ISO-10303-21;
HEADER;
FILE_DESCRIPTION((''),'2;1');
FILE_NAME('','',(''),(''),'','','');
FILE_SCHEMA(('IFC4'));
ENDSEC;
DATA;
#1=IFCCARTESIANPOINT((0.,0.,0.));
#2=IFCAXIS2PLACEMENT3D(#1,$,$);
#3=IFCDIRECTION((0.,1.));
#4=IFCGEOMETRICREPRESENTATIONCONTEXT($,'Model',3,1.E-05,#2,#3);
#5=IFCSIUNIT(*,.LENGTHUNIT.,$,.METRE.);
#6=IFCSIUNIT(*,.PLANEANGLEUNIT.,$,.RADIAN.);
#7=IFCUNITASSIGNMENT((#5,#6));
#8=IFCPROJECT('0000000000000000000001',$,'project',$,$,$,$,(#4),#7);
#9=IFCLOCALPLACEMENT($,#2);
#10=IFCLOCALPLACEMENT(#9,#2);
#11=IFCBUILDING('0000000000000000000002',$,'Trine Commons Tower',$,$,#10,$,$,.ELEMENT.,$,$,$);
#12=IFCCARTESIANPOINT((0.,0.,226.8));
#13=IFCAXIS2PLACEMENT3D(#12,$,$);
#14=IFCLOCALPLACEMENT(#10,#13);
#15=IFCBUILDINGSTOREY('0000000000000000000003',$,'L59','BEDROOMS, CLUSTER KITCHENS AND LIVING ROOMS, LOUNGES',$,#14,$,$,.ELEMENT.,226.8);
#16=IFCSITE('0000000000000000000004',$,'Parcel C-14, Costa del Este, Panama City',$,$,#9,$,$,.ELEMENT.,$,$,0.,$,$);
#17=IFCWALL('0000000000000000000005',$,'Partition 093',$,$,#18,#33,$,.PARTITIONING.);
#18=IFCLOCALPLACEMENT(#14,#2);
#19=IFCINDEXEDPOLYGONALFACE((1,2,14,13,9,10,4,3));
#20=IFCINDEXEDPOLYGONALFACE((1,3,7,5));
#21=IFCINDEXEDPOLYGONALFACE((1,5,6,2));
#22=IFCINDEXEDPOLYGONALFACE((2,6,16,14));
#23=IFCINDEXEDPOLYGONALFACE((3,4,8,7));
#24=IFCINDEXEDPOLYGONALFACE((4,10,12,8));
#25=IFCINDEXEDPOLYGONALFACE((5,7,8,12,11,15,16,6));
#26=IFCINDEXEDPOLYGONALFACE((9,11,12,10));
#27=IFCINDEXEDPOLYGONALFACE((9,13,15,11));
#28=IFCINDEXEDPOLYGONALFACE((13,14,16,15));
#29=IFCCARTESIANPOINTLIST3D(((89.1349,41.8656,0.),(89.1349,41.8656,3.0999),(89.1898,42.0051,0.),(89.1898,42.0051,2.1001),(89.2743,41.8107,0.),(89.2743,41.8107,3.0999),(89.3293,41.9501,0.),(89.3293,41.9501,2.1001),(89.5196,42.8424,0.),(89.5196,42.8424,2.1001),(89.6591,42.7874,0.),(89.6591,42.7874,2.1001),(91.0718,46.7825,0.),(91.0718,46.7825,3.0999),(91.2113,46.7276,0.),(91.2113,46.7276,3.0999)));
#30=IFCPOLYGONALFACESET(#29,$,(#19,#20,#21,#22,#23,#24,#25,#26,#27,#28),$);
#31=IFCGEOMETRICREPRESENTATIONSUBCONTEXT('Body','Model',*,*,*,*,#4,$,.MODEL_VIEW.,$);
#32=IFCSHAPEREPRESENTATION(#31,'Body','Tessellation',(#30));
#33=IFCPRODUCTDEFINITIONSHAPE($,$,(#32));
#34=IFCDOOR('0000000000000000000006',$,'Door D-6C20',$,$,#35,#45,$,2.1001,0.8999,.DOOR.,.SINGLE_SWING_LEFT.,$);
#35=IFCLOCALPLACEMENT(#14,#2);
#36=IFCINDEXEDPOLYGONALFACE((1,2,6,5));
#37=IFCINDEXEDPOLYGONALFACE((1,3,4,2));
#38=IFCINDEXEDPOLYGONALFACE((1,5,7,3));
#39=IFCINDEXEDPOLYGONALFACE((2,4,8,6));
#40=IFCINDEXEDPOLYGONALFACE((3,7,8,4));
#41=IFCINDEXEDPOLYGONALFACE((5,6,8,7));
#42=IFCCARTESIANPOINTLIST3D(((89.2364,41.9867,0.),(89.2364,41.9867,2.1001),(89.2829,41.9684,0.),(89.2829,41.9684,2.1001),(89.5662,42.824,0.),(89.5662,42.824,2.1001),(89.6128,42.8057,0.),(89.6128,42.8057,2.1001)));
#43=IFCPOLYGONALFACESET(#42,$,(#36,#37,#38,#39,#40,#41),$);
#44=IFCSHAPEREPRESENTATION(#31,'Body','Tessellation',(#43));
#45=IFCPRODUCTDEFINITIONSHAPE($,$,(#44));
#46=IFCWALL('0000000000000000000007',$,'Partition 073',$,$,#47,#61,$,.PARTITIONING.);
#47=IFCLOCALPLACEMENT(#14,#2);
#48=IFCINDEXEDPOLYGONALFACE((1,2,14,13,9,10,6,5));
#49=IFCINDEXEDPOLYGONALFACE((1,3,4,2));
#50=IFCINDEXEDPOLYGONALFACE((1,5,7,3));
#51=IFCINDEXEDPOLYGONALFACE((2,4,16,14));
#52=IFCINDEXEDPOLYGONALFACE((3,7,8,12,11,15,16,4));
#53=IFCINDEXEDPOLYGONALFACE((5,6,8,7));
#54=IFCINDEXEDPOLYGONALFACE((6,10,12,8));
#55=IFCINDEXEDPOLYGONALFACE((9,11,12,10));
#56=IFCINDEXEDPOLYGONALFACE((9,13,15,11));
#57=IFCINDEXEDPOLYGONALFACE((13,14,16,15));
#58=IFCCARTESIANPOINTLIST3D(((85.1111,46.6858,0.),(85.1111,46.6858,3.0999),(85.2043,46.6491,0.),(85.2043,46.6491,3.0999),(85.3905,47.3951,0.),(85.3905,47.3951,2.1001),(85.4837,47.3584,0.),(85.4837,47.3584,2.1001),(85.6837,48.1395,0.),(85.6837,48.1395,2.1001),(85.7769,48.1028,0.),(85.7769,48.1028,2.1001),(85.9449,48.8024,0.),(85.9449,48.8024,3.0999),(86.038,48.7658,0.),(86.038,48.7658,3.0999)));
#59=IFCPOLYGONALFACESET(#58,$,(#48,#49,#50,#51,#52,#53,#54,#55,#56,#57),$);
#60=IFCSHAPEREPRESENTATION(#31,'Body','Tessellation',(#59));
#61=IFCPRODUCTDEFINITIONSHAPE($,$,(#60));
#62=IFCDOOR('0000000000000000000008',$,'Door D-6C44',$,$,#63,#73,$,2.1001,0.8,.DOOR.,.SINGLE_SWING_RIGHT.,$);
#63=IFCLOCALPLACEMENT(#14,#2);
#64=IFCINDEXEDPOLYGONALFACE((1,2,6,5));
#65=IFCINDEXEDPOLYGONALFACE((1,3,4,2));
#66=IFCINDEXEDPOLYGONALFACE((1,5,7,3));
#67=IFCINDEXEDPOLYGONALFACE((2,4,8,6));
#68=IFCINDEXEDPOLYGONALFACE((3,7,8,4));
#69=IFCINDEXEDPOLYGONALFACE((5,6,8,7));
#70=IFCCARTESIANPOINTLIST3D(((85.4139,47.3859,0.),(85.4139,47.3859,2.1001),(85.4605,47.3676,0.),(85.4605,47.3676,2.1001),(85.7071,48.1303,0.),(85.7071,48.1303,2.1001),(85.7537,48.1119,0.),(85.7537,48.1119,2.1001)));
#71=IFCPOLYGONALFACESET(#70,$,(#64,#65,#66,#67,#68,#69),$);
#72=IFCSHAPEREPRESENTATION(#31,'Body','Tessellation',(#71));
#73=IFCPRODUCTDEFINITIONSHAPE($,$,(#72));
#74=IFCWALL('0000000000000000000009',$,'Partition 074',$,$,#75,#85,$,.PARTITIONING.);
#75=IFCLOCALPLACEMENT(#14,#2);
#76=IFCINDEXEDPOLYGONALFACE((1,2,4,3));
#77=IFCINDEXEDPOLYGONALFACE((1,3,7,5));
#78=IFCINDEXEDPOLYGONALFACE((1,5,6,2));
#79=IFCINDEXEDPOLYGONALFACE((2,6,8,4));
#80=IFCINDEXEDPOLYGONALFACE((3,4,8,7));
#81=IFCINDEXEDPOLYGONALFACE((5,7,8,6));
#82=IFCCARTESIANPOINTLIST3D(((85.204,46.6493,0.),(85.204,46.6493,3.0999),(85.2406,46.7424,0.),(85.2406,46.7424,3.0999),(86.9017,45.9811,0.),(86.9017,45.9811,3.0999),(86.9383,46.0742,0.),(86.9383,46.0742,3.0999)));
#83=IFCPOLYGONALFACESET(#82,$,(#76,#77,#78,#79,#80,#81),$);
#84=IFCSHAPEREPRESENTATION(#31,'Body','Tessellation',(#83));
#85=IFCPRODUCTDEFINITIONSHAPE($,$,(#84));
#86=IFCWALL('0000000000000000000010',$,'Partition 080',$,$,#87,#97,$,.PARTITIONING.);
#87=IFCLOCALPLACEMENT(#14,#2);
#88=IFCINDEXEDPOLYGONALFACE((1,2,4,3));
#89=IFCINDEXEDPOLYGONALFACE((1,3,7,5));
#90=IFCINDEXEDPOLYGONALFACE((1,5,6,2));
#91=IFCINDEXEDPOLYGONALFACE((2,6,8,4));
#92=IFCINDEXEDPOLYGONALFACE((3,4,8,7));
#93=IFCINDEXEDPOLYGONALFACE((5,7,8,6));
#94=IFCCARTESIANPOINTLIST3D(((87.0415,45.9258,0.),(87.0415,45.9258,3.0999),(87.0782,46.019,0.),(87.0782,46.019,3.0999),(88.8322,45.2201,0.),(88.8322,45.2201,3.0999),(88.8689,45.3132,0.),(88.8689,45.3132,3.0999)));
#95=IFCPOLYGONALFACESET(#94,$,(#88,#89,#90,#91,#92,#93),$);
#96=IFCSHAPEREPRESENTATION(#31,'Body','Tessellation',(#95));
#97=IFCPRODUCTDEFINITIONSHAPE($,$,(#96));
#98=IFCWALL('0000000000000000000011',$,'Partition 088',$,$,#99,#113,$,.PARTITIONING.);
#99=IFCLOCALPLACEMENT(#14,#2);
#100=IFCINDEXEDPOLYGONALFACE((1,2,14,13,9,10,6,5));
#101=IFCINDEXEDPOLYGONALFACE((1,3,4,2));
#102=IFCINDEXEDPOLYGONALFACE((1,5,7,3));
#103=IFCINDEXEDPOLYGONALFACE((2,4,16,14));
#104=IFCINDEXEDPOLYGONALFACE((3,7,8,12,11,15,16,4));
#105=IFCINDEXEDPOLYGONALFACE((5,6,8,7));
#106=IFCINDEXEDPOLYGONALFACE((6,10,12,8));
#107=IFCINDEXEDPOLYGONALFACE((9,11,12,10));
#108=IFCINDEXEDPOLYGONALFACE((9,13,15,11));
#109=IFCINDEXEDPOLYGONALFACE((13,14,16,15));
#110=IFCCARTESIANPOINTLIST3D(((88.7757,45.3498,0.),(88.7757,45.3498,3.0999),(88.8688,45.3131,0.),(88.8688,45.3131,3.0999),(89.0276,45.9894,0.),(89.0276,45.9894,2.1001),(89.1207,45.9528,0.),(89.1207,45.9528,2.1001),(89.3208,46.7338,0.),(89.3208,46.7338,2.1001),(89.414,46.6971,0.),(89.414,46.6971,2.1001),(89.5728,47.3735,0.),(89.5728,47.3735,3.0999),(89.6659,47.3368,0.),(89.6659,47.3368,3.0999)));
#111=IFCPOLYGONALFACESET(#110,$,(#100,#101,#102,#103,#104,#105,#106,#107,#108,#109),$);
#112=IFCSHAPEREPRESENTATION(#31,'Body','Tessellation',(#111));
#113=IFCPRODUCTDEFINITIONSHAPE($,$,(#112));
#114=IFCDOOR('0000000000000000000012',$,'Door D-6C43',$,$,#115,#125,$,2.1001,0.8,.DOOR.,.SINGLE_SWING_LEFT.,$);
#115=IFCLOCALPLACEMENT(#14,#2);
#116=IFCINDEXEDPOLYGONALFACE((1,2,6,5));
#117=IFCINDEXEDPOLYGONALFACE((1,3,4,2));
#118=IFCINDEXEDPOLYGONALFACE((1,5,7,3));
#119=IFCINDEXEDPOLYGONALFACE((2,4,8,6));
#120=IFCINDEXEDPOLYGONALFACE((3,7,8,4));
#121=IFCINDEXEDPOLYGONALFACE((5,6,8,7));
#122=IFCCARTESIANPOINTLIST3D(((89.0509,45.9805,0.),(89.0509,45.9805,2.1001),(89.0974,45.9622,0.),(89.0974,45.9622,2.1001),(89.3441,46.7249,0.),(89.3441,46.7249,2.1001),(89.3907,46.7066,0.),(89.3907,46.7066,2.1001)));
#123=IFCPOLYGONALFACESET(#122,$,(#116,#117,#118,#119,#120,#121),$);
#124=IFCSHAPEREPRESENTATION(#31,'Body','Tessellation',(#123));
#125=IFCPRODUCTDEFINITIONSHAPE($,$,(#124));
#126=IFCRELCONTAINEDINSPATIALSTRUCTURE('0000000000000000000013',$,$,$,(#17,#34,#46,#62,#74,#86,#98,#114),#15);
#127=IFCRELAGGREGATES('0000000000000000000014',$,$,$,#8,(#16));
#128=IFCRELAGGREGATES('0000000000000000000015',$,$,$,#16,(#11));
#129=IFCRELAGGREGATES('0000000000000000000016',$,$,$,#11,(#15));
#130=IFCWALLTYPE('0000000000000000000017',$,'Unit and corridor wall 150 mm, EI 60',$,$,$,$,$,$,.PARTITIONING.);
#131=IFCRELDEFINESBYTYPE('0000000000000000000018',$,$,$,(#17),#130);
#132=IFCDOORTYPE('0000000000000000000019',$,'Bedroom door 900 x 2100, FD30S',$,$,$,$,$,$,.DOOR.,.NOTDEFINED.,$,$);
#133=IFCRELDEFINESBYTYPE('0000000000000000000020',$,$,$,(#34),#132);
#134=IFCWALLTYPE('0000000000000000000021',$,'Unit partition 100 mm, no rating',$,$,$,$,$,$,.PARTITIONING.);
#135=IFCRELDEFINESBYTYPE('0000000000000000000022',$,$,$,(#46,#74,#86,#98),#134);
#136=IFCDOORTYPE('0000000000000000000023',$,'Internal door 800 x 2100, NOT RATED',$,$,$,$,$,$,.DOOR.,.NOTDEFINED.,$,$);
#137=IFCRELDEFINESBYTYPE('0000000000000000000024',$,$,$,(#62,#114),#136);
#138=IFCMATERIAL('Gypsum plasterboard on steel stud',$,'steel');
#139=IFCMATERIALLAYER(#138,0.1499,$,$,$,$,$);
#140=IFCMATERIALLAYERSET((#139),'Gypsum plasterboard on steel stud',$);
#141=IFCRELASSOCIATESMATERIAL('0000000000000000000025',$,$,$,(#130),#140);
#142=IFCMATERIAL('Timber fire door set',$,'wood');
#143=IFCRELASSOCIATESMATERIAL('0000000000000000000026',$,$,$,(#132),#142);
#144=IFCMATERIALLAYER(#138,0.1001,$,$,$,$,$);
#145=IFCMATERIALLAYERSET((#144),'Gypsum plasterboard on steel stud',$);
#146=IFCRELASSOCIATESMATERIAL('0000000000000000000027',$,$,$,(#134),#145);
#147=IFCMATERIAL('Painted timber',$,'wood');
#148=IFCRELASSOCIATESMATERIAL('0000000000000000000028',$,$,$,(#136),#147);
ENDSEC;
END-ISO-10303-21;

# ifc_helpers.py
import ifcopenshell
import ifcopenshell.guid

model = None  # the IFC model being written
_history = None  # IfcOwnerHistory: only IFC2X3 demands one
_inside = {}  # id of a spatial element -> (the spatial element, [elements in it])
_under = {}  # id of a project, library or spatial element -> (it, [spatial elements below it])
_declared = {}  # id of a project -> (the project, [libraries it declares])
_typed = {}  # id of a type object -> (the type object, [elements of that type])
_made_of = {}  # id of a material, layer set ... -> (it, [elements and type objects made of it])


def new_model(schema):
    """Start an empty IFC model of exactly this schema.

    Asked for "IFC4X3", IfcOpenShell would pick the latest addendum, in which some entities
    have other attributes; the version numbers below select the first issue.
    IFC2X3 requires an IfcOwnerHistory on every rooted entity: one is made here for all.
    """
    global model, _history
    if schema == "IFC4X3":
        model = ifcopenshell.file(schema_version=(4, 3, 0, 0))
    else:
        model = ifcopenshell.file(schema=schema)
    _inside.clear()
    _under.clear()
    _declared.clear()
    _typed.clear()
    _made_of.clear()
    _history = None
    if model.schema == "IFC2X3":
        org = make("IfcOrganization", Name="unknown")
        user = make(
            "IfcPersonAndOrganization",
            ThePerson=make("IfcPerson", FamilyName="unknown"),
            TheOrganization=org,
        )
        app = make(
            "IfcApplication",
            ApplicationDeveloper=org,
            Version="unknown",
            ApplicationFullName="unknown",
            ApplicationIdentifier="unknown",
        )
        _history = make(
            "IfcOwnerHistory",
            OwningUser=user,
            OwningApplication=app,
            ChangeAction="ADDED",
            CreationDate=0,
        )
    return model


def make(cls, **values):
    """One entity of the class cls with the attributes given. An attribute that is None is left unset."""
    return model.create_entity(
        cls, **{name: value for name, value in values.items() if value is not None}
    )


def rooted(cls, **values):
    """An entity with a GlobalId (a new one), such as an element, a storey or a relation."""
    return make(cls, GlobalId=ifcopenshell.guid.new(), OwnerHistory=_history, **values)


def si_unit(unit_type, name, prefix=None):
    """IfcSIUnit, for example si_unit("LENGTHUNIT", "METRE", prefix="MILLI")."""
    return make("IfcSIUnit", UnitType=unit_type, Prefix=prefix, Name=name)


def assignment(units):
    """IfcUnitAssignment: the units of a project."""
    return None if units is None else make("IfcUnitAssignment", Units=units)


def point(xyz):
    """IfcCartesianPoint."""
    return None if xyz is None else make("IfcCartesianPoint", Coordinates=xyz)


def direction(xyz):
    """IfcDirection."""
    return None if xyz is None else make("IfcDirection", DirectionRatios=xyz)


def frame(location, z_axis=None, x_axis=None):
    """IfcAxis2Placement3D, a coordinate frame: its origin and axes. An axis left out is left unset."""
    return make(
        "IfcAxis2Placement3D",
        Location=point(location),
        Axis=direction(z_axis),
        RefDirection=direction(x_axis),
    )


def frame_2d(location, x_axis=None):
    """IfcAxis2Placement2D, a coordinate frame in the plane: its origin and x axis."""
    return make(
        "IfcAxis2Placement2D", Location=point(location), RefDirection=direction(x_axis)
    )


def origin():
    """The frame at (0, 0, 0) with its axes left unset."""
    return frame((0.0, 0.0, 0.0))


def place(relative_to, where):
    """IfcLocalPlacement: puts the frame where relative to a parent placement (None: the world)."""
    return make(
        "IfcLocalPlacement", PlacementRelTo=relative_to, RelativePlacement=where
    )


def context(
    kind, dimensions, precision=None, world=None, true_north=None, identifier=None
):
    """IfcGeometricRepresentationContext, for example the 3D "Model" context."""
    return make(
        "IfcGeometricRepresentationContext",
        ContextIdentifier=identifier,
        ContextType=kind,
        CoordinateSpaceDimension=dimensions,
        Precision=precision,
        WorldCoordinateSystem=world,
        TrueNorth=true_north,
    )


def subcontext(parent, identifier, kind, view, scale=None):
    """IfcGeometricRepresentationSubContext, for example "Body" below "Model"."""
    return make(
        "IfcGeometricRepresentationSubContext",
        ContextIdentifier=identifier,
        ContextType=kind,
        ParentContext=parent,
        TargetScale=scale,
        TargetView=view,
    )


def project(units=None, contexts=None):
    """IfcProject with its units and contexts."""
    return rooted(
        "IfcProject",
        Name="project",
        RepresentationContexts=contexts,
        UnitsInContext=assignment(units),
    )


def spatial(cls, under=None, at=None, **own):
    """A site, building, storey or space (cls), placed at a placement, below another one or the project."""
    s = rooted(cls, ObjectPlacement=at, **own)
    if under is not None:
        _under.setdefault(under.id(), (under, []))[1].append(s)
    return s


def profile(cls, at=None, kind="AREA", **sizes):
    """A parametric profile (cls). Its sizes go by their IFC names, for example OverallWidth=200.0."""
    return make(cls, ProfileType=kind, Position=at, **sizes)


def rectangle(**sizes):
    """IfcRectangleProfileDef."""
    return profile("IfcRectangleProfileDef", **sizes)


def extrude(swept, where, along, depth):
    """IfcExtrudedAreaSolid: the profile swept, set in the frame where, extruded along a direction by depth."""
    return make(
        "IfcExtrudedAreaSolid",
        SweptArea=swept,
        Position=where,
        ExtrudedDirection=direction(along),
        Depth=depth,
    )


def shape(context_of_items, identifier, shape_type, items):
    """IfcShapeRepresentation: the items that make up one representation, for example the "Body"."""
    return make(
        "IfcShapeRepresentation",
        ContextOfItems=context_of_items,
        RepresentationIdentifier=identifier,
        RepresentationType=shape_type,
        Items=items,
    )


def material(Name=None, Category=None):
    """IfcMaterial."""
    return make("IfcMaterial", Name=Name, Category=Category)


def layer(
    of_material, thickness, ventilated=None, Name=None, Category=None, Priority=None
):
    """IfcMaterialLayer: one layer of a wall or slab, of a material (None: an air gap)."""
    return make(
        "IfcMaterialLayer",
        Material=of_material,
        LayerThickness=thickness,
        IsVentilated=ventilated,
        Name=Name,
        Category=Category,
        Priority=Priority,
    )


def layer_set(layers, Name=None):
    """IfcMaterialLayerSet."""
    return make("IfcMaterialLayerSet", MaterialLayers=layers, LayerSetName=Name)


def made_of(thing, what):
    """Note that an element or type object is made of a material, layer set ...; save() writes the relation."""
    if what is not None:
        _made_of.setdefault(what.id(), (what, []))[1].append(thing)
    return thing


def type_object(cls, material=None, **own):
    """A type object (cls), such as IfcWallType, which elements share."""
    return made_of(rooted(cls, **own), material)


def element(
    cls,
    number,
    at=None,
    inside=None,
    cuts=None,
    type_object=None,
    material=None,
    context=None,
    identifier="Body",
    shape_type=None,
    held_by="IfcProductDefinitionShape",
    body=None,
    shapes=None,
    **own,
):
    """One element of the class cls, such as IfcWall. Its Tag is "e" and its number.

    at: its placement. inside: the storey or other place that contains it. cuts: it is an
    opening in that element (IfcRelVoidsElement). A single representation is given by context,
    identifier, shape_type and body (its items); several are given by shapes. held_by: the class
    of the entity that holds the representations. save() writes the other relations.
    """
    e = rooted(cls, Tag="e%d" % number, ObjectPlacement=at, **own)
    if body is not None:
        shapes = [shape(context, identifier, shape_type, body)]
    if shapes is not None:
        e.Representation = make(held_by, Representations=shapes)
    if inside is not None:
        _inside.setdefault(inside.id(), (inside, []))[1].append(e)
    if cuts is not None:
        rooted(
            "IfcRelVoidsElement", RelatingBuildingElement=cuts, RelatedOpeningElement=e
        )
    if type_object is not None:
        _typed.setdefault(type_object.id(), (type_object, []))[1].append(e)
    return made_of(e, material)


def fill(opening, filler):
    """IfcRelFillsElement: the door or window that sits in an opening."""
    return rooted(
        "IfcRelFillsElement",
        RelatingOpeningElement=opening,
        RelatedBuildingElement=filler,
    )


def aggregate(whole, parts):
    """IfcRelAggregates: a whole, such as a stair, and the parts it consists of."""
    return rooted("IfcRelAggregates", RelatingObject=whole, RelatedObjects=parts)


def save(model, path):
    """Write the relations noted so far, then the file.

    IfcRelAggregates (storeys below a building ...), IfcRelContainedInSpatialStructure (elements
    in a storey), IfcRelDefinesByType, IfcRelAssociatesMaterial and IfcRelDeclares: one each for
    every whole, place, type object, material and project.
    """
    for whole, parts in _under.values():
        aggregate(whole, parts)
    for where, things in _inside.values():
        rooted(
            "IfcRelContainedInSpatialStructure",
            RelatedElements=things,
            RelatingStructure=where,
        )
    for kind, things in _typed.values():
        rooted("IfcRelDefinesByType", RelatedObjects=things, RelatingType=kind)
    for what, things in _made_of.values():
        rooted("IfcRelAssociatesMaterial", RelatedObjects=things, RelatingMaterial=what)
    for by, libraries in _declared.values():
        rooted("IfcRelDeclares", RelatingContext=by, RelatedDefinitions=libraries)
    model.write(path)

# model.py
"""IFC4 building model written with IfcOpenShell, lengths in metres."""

from ifc_helpers import new_model, si_unit, direction, frame, frame_2d, origin, place, context, subcontext, project, spatial, rectangle, extrude, material, layer, layer_set, type_object, element, fill, save


model = new_model("IFC4")

# Units and contexts
model_context = context("Model", 3, precision=1e-05, world=origin(), true_north=direction((0.0, 1.0)))
body_context = subcontext(model_context, "Body", "Model", "MODEL_VIEW")
ifc_project = project(units=[si_unit("LENGTHUNIT", "METRE"), si_unit("PLANEANGLEUNIT", "RADIAN")], contexts=[model_context])

# Site, building, storey
site_placement = place(None, origin())
site = spatial("IfcSite", under=ifc_project, at=site_placement, Name="Parcel C-14, Costa del Este, Panama City", CompositionType="ELEMENT", RefElevation=0.0)
building_placement = place(site_placement, origin())
building = spatial("IfcBuilding", under=site, at=building_placement, Name="Trine Commons Tower", CompositionType="ELEMENT")
storey_placement = place(building_placement, frame((0.0, 0.0, 226.8)))
storey = spatial("IfcBuildingStorey", under=building, at=storey_placement, Name="L59", Description="BEDROOMS, CLUSTER KITCHENS AND LIVING ROOMS, LOUNGES", CompositionType="ELEMENT", Elevation=226.8)

# Shared definitions
ifc_material_1 = material(Name="Gypsum plasterboard on steel stud", Category="steel")
ifc_layer_1 = layer(ifc_material_1, 0.1499)
ifc_layer_set_1 = layer_set([ifc_layer_1], Name="Gypsum plasterboard on steel stud")
wall_type_1 = type_object("IfcWallType", Name="Unit and corridor wall 150 mm, EI 60", PredefinedType="PARTITIONING", material=ifc_layer_set_1)
ifc_material_2 = material(Name="Timber fire door set", Category="wood")

# Shared definitions
door_type_1 = type_object("IfcDoorType", Name="Bedroom door 900 x 2100, FD30S", OperationType="NOTDEFINED", PredefinedType="DOOR", material=ifc_material_2)

# Walls, openings, doors
wall_1_placement = place(storey_placement, frame((89.2046, 41.8381, 0.0), z_axis=(0.0, 0.0, 1.0), x_axis=(0.366527, 0.930407, 0.0)))
wall_1 = element("IfcWall", 1, at=wall_1_placement, inside=storey, type_object=wall_type_1, Name="Partition 093", PredefinedType="PARTITIONING", context=body_context, shape_type="SweptSolid", body=[
    extrude(rectangle(XDim=5.2847, YDim=0.1499, at=frame_2d((2.6423, 0.0))), origin(), (0.0, 0.0, 1.0), 3.0999),
])
opening_1_placement = place(wall_1_placement, frame((0.1499, 0.0, 0.0)))
opening_1 = element("IfcOpeningElement", 2, at=opening_1_placement, cuts=wall_1, PredefinedType="OPENING", context=body_context, shape_type="SweptSolid", body=[
    extrude(rectangle(XDim=0.8999, YDim=2.1001, at=frame_2d((0.45, 1.05))), frame((0.0, 0.085, 0.0), z_axis=(0.0, -1.0, 0.0), x_axis=(1.0, 0.0, 0.0)), (0.0, 0.0, 1.0), 0.1699),
])
door_1_placement = place(opening_1_placement, origin())
door_1 = element("IfcDoor", 3, at=door_1_placement, inside=storey, type_object=door_type_1, Name="Door D-6C20", OperationType="SINGLE_SWING_LEFT", OverallHeight=2.1001, OverallWidth=0.8999, PredefinedType="DOOR", context=body_context, shape_type="SweptSolid", body=[
    extrude(rectangle(XDim=0.8999, YDim=2.1001, at=frame_2d((0.45, 1.05))), frame((0.0, 0.0249, 0.0), z_axis=(0.0, -1.0, 0.0), x_axis=(1.0, 0.0, 0.0)), (0.0, 0.0, 1.0), 0.05),
])
fill(opening_1, door_1)
ifc_layer_2 = layer(ifc_material_1, 0.1001)
ifc_layer_set_2 = layer_set([ifc_layer_2], Name="Gypsum plasterboard on steel stud")
wall_type_2 = type_object("IfcWallType", Name="Unit partition 100 mm, no rating", PredefinedType="PARTITIONING", material=ifc_layer_set_2)
wall_2_placement = place(storey_placement, frame((85.1577, 46.6675, 0.0), z_axis=(0.0, 0.0, 1.0), x_axis=(0.366482, 0.930425, 0.0)))
wall_2 = element("IfcWall", 4, at=wall_2_placement, inside=storey, type_object=wall_type_2, Name="Partition 073", PredefinedType="PARTITIONING", context=body_context, shape_type="SweptSolid", body=[
    extrude(rectangle(XDim=2.2749, YDim=0.1001, at=frame_2d((1.1375, 0.0))), origin(), (0.0, 0.0, 1.0), 3.0999),
])
opening_2_placement = place(wall_2_placement, frame((0.7625, 0.0, 0.0)))
opening_2 = element("IfcOpeningElement", 5, at=opening_2_placement, cuts=wall_2, PredefinedType="OPENING", context=body_context, shape_type="SweptSolid", body=[
    extrude(rectangle(XDim=0.8, YDim=2.1001, at=frame_2d((0.3999, 1.05))), frame((0.0, 0.0601, 0.0), z_axis=(0.0, -1.0, 0.0), x_axis=(1.0, 0.0, 0.0)), (0.0, 0.0, 1.0), 0.1201),
])
ifc_material_3 = material(Name="Painted timber", Category="wood")
door_type_2 = type_object("IfcDoorType", Name="Internal door 800 x 2100, NOT RATED", OperationType="NOTDEFINED", PredefinedType="DOOR", material=ifc_material_3)
door_2_placement = place(opening_2_placement, origin())
door_2 = element("IfcDoor", 6, at=door_2_placement, inside=storey, type_object=door_type_2, Name="Door D-6C44", OperationType="SINGLE_SWING_RIGHT", OverallHeight=2.1001, OverallWidth=0.8, PredefinedType="DOOR", context=body_context, shape_type="SweptSolid", body=[
    extrude(rectangle(XDim=0.8, YDim=2.1001, at=frame_2d((0.3999, 1.05))), frame((0.0, 0.0249, 0.0), z_axis=(0.0, -1.0, 0.0), x_axis=(1.0, 0.0, 0.0)), (0.0, 0.0, 1.0), 0.05),
])
fill(opening_2, door_2)

# Walls
wall_3_placement = place(storey_placement, frame((85.2224, 46.6958, 0.0), z_axis=(0.0, 0.0, 1.0), x_axis=(0.93052, -0.36624, 0.0)))
element("IfcWall", 7, at=wall_3_placement, inside=storey, type_object=wall_type_2, Name="Partition 074", PredefinedType="PARTITIONING", context=body_context, shape_type="SweptSolid", body=[
    extrude(rectangle(XDim=1.8245, YDim=0.1001, at=frame_2d((0.9121, 0.0))), origin(), (0.0, 0.0, 1.0), 3.0999),
])
wall_4_placement = place(storey_placement, frame((87.0598, 45.9724, 0.0), z_axis=(0.0, 0.0, 1.0), x_axis=(0.930345, -0.366684, 0.0)))
element("IfcWall", 8, at=wall_4_placement, inside=storey, type_object=wall_type_2, Name="Partition 080", PredefinedType="PARTITIONING", context=body_context, shape_type="SweptSolid", body=[
    extrude(rectangle(XDim=1.9248, YDim=0.1001, at=frame_2d((0.9624, 0.0))), origin(), (0.0, 0.0, 1.0), 3.0999),
])

# Wall, opening, door
wall_5_placement = place(storey_placement, frame((88.8223, 45.3315, 0.0), z_axis=(0.0, 0.0, 1.0), x_axis=(0.366489, 0.930422, 0.0)))
wall_5 = element("IfcWall", 9, at=wall_5_placement, inside=storey, type_object=wall_type_2, Name="Partition 088", PredefinedType="PARTITIONING", context=body_context, shape_type="SweptSolid", body=[
    extrude(rectangle(XDim=2.175, YDim=0.1001, at=frame_2d((1.0874, 0.0))), origin(), (0.0, 0.0, 1.0), 3.0999),
])
opening_3_placement = place(wall_5_placement, frame((0.6875, 0.0, 0.0)))
opening_3 = element("IfcOpeningElement", 10, at=opening_3_placement, cuts=wall_5, PredefinedType="OPENING", context=body_context, shape_type="SweptSolid", body=[
    extrude(rectangle(XDim=0.8, YDim=2.1001, at=frame_2d((0.3999, 1.05))), frame((0.0, 0.0601, 0.0), z_axis=(0.0, -1.0, 0.0), x_axis=(1.0, 0.0, 0.0)), (0.0, 0.0, 1.0), 0.1201),
])
door_3_placement = place(opening_3_placement, frame((0.8, 0.0, 0.0), z_axis=(0.0, 0.0, 1.0), x_axis=(-1.0, 0.0, 0.0)))
door_3 = element("IfcDoor", 11, at=door_3_placement, inside=storey, type_object=door_type_2, Name="Door D-6C43", OperationType="SINGLE_SWING_LEFT", OverallHeight=2.1001, OverallWidth=0.8, PredefinedType="DOOR", context=body_context, shape_type="SweptSolid", body=[
    extrude(rectangle(XDim=0.8, YDim=2.1001, at=frame_2d((0.3999, 1.05))), frame((0.0, 0.0249, 0.0), z_axis=(0.0, -1.0, 0.0), x_axis=(1.0, 0.0, 0.0)), (0.0, 0.0, 1.0), 0.05),
])
fill(opening_3, door_3)

save(model, "model.ifc")
